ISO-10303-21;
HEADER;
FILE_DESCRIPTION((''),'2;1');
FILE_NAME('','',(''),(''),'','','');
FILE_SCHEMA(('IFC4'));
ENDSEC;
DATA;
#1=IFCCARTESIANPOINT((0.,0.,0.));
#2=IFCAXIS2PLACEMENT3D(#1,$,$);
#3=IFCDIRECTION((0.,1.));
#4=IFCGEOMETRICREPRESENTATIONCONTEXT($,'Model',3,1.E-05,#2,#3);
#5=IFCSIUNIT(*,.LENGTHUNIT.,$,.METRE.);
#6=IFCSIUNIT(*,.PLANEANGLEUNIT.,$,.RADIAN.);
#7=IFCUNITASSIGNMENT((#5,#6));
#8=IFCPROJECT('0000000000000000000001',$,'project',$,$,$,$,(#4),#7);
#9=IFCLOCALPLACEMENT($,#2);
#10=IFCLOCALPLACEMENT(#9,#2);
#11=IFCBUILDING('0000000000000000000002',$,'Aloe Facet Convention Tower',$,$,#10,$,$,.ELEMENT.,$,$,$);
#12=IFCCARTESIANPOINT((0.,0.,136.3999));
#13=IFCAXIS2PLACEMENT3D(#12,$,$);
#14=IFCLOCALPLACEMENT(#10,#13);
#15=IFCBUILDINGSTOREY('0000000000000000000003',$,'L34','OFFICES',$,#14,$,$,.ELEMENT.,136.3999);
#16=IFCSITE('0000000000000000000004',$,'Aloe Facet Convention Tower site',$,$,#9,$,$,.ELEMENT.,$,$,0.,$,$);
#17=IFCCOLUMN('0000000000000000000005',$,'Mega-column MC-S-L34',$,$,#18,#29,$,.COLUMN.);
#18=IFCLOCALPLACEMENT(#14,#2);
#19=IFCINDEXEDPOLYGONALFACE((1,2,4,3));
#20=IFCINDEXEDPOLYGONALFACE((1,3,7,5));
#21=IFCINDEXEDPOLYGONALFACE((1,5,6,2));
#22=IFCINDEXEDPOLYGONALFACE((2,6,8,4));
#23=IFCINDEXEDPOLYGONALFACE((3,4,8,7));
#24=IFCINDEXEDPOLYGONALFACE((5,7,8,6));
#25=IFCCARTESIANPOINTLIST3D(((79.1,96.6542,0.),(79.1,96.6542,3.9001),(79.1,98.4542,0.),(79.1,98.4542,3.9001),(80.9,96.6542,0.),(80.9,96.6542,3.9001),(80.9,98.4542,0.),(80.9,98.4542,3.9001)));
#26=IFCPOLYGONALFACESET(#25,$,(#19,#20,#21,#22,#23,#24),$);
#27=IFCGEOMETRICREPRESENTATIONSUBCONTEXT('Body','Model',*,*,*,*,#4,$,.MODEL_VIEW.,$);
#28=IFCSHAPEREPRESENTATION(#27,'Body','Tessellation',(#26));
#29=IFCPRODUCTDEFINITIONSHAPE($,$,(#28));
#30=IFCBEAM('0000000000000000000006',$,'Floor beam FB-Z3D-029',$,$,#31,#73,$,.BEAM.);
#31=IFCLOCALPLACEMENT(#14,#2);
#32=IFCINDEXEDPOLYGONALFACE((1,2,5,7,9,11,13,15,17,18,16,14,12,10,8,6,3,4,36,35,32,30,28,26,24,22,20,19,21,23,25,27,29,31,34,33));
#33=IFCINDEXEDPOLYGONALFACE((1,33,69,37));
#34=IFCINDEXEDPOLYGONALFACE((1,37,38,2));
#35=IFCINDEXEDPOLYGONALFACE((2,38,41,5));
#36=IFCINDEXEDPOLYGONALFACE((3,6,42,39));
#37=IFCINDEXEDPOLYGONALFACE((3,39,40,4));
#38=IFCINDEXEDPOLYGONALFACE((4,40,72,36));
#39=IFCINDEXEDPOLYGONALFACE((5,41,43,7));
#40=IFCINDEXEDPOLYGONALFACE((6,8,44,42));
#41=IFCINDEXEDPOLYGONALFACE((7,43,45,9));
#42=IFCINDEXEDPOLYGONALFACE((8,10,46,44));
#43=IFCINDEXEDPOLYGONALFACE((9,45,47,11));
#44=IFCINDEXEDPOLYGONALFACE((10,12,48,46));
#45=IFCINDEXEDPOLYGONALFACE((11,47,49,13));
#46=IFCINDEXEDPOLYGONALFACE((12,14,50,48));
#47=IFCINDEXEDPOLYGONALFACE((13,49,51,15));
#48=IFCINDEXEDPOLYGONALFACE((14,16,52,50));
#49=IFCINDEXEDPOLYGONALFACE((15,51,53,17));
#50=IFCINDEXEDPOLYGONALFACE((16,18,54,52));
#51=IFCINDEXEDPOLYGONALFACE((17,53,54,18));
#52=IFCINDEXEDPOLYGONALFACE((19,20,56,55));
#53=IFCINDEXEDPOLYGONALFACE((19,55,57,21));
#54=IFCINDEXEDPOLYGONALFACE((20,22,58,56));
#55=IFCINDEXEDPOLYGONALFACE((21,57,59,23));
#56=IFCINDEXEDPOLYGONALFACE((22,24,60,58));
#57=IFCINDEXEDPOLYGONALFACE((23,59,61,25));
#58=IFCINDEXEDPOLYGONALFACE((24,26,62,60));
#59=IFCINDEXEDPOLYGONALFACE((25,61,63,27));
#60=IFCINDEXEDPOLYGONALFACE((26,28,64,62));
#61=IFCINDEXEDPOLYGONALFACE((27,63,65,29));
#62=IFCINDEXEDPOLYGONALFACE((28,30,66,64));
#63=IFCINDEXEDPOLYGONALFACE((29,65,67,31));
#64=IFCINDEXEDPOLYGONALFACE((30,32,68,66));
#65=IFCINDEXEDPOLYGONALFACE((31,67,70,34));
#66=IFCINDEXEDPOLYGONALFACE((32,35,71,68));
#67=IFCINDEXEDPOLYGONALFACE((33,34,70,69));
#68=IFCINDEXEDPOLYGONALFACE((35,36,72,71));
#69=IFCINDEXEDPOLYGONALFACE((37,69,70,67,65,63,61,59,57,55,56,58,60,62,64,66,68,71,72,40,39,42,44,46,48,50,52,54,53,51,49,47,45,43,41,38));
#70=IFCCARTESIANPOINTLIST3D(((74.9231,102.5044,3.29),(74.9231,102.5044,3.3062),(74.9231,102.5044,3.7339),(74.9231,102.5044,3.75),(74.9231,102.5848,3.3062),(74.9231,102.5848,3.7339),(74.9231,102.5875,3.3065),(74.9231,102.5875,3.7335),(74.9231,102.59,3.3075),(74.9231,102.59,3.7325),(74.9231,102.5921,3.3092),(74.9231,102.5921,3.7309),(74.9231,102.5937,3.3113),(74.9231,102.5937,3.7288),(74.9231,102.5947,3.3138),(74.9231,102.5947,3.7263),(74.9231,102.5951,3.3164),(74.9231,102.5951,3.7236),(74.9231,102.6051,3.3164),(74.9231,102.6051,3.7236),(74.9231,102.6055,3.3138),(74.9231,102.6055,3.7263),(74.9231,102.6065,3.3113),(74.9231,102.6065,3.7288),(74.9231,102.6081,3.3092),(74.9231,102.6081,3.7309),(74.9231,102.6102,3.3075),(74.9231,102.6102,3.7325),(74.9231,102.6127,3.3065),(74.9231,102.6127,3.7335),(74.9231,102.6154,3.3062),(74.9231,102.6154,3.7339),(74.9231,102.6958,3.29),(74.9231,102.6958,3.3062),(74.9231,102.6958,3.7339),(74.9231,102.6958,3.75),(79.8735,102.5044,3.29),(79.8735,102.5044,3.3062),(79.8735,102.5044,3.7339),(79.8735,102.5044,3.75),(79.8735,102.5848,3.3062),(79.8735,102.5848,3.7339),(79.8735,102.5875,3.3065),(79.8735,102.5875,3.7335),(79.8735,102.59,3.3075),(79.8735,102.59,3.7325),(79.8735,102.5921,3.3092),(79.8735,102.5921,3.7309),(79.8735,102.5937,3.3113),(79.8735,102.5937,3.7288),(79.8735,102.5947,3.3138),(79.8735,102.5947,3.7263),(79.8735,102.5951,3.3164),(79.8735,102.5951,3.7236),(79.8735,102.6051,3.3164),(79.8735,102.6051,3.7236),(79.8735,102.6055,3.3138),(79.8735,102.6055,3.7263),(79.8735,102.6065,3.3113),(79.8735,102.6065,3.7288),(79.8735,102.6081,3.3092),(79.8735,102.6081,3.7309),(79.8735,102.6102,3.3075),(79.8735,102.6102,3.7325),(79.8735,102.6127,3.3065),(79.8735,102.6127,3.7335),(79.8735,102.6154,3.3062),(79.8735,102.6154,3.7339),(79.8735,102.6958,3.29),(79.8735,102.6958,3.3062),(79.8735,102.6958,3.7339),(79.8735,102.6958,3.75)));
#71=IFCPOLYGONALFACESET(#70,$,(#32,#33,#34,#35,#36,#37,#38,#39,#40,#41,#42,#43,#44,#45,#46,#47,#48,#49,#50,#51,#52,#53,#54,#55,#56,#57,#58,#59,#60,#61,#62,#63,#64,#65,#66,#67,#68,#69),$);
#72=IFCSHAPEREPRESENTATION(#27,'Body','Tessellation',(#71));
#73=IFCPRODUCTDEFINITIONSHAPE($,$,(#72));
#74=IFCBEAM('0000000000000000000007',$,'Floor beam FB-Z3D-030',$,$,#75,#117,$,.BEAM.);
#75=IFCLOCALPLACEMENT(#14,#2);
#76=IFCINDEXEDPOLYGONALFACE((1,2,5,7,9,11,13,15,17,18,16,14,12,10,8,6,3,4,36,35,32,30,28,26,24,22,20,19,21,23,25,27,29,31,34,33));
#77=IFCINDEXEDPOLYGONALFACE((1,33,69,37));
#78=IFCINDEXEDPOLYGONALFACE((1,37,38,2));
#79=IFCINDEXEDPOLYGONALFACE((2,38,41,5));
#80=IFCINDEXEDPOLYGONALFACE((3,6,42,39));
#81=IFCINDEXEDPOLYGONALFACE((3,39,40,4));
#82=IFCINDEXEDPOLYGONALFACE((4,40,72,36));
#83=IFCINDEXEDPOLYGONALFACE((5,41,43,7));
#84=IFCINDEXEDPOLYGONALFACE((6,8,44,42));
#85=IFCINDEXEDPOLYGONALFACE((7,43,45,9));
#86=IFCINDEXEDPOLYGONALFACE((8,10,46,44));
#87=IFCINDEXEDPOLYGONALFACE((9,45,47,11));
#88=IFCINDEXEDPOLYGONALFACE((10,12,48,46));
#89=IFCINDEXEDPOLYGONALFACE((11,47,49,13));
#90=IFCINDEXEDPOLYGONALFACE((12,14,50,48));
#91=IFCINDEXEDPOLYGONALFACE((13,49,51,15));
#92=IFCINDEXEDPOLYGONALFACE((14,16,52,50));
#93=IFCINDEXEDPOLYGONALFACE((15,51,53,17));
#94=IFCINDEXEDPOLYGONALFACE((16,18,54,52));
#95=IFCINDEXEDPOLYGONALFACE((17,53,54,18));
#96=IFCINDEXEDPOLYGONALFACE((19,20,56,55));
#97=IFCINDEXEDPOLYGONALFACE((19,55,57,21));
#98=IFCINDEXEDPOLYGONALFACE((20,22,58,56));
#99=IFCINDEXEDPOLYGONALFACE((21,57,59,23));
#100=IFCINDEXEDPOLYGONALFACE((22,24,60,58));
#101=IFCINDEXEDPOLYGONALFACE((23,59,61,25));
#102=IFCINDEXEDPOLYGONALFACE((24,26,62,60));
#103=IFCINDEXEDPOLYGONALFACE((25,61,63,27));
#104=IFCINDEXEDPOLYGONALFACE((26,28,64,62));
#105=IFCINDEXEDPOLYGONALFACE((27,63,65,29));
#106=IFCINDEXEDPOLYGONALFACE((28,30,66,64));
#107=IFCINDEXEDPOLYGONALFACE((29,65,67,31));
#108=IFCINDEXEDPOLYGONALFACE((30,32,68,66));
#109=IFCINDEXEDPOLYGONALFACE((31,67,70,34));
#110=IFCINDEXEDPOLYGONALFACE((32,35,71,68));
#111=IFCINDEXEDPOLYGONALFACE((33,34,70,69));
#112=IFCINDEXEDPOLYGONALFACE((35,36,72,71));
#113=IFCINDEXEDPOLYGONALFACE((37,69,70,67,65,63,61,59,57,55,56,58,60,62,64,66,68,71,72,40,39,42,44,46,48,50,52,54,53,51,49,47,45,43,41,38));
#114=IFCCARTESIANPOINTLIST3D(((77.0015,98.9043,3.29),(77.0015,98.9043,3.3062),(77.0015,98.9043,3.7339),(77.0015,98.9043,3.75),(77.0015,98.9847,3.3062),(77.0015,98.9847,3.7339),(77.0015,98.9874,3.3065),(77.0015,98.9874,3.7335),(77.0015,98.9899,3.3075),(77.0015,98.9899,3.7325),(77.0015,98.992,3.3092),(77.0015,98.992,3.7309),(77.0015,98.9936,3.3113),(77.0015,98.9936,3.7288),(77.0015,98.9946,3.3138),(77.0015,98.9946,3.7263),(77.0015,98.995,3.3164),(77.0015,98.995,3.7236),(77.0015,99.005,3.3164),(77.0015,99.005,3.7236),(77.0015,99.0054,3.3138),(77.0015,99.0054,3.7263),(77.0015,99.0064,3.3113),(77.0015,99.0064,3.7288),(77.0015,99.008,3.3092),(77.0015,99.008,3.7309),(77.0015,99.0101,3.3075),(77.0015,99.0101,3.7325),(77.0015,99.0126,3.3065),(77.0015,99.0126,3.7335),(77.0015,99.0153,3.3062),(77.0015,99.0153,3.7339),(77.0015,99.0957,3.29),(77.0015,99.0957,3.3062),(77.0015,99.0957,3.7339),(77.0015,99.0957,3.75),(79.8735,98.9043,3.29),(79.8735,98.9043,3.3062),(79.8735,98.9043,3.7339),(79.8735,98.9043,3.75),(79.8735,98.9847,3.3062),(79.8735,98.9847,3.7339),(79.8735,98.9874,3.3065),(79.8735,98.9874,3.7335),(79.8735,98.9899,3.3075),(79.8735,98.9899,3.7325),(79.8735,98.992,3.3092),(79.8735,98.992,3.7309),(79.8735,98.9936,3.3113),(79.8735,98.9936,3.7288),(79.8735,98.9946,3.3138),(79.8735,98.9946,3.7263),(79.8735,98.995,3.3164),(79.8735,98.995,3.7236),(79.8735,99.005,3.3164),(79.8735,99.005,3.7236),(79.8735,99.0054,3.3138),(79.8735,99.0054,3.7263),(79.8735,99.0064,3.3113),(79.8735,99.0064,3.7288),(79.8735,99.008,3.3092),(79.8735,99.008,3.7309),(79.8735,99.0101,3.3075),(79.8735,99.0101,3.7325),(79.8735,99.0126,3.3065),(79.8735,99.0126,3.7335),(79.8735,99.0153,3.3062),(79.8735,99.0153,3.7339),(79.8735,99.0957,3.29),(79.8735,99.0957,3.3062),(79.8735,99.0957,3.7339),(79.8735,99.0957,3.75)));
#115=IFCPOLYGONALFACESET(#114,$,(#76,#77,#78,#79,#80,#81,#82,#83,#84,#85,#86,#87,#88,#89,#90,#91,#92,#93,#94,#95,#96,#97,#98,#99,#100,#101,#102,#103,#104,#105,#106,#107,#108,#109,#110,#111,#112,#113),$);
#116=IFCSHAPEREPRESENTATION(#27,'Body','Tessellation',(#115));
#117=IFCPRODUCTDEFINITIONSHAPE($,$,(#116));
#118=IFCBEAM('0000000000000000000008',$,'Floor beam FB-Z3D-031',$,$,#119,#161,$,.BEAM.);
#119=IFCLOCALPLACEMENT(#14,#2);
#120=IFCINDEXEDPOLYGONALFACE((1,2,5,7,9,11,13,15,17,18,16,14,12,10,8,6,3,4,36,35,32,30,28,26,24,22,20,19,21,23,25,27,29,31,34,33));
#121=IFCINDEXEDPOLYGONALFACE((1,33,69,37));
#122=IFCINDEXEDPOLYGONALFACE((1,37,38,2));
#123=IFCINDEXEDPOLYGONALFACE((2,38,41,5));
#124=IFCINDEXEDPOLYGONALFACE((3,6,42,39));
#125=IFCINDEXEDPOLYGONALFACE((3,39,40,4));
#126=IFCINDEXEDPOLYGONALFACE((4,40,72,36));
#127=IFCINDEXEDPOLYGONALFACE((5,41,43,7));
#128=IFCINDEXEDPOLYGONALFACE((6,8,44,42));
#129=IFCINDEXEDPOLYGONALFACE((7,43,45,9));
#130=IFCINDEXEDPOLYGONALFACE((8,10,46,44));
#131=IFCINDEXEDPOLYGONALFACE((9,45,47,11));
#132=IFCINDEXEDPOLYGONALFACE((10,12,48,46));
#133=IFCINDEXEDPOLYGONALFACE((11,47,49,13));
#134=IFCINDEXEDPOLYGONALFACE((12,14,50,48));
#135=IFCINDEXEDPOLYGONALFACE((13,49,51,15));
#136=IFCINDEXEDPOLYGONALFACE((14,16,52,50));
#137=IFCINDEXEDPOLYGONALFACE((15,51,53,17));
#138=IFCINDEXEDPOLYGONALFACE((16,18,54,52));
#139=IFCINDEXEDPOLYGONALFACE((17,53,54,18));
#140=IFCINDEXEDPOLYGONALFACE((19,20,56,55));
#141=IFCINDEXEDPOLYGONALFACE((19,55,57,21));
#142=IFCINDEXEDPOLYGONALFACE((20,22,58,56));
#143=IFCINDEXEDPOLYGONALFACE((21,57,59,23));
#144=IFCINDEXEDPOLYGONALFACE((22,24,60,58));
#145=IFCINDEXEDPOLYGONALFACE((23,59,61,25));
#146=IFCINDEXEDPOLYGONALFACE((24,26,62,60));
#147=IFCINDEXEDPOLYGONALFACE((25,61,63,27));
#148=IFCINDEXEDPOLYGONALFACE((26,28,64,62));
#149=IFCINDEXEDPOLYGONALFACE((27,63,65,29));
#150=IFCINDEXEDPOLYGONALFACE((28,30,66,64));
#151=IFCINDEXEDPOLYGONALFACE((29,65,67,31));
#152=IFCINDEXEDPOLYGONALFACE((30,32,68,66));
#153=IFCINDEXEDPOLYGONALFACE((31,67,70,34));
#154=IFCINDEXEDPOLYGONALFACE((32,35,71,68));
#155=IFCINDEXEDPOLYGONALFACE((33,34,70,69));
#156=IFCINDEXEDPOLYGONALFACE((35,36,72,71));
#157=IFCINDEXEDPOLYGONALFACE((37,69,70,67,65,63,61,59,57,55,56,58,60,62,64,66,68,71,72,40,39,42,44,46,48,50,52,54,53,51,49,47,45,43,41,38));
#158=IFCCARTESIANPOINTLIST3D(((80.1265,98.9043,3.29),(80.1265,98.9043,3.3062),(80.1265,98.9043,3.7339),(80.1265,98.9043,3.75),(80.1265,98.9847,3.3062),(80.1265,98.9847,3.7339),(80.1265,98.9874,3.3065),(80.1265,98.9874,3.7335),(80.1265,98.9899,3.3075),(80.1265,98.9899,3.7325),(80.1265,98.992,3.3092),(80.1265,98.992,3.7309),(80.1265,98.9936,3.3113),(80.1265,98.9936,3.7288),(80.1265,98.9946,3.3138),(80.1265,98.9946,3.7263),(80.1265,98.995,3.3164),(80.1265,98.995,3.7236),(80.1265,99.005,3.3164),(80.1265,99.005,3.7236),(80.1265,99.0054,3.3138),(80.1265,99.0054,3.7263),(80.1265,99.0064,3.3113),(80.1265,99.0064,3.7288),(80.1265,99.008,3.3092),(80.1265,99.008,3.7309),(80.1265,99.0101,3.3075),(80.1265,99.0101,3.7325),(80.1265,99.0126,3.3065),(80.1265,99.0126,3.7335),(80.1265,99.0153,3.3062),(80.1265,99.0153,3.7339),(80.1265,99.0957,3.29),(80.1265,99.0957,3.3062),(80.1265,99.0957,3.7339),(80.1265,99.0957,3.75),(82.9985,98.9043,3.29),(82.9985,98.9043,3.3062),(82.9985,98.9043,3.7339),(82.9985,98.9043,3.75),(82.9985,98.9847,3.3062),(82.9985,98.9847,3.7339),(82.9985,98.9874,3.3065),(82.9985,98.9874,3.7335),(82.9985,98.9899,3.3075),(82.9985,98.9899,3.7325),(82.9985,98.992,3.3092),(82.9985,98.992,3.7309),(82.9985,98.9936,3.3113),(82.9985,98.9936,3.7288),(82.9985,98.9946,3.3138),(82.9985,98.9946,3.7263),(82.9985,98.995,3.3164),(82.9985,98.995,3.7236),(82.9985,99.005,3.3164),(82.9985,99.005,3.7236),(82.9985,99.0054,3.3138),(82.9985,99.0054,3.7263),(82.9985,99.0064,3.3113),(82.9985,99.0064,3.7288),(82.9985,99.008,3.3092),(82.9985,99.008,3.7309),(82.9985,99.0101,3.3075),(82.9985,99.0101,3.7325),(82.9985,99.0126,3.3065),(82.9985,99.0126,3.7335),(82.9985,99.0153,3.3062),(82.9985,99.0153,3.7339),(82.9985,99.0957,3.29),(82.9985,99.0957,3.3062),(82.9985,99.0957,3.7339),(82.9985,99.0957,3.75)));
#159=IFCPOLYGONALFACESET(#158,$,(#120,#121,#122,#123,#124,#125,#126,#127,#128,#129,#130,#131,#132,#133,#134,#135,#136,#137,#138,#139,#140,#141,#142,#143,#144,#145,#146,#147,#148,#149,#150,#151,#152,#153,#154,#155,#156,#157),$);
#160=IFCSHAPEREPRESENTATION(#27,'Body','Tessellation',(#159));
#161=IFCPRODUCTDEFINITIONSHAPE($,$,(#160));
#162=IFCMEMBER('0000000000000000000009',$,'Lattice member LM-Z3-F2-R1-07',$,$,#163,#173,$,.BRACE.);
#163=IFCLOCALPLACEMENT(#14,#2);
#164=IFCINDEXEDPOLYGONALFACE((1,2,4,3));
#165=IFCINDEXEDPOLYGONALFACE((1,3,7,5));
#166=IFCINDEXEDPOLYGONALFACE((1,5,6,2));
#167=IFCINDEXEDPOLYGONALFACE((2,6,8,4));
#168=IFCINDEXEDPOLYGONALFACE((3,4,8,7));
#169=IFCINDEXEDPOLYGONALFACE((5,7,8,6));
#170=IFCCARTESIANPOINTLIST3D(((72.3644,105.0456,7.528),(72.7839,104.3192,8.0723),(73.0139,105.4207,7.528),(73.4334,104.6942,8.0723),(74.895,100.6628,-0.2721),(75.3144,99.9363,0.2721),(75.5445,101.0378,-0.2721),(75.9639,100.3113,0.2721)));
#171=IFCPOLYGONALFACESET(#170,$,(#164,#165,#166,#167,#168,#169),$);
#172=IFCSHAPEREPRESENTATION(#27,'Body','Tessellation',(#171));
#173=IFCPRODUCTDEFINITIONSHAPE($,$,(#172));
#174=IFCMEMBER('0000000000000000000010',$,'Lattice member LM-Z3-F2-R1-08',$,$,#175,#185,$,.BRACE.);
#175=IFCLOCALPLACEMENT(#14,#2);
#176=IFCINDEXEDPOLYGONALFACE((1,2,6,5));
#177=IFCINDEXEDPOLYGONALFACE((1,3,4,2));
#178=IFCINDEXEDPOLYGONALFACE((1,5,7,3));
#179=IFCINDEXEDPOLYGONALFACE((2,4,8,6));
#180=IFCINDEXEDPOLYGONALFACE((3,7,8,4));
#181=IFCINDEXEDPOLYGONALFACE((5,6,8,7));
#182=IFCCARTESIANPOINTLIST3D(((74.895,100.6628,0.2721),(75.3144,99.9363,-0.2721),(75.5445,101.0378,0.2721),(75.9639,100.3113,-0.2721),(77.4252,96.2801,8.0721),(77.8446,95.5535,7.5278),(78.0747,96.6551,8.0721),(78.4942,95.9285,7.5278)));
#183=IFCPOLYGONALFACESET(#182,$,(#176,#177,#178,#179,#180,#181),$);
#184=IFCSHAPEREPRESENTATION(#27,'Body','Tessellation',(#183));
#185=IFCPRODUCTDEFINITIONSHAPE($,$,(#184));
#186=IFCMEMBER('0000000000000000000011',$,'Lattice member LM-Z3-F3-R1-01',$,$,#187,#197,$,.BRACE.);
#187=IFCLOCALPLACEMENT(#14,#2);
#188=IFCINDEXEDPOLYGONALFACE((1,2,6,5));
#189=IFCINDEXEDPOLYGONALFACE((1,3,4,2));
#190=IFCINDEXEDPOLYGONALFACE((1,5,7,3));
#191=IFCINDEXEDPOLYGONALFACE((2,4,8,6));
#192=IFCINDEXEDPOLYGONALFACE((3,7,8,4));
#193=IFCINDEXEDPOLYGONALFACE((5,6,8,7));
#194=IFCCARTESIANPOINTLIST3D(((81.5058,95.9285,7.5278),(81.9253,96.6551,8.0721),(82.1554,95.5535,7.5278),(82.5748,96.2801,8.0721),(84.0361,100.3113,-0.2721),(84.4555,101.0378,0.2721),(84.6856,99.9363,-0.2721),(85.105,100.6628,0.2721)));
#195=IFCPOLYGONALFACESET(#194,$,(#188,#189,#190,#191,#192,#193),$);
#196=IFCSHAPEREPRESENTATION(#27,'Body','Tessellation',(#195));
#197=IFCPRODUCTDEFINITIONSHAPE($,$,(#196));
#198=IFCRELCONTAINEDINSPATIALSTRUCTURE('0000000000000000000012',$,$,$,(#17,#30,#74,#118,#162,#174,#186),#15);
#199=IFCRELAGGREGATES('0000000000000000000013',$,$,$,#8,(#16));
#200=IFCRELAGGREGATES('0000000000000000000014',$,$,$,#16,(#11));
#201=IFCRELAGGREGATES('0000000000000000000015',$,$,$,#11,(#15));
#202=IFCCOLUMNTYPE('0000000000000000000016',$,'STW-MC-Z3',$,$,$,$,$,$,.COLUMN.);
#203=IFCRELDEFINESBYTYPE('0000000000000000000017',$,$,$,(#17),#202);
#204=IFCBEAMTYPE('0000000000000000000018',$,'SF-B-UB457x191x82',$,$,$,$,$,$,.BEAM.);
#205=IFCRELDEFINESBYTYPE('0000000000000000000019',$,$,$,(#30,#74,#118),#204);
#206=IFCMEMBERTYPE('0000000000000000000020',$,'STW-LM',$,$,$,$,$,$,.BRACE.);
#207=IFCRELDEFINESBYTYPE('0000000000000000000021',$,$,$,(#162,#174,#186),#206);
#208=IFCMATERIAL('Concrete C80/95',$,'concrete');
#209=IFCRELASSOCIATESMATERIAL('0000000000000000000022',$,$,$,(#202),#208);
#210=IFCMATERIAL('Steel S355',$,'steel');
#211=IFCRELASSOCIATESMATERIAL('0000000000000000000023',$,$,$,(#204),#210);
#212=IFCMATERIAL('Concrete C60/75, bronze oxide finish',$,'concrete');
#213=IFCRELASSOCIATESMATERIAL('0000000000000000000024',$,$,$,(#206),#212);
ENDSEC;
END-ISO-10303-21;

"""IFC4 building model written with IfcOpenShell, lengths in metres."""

from ifc_helpers import new_model, si_unit, direction, frame, origin, origin_2d, place, context, subcontext, project, spatial, rectangle, i_section, extrude, material, material_profile, profile_set, type_object, element, save


model = new_model("IFC4")

# Units and contexts
model_context = context("Model", 3, precision=1e-05, world=origin(), true_north=direction((0.0, 1.0)))
body_context = subcontext(model_context, "Body", "Model", "MODEL_VIEW")
ifc_project = project(units=[si_unit("LENGTHUNIT", "METRE"), si_unit("PLANEANGLEUNIT", "RADIAN")], contexts=[model_context])

# Site, building, storey
site_placement = place(None, origin())
site = spatial("IfcSite", under=ifc_project, at=site_placement, Name="Aloe Facet Convention Tower site", CompositionType="ELEMENT", RefElevation=0.0)
building_placement = place(site_placement, origin())
building = spatial("IfcBuilding", under=site, at=building_placement, Name="Aloe Facet Convention Tower", CompositionType="ELEMENT")
storey_placement = place(building_placement, frame((0.0, 0.0, 136.3999)))
storey = spatial("IfcBuildingStorey", under=building, at=storey_placement, Name="L34", Description="OFFICES", CompositionType="ELEMENT", Elevation=136.3999)

# Column
ifc_material_1 = material(Name="Concrete C80/95", Category="concrete")
ifc_material_profile_1 = material_profile(ifc_material_1, rectangle(XDim=1.8, YDim=1.8, at=origin_2d()), Name="STW-MC-Z3")
ifc_profile_set_1 = profile_set([ifc_material_profile_1], Name="Concrete C80/95")
column_type = type_object("IfcColumnType", Name="STW-MC-Z3", PredefinedType="COLUMN", material=ifc_profile_set_1)
column_placement = place(storey_placement, frame((80.0, 97.5542, 0.0), z_axis=(0.0, 0.0, 1.0), x_axis=(1.0, 0.0, 0.0)))
element("IfcColumn", 1, at=column_placement, inside=storey, type_object=column_type, Name="Mega-column MC-S-L34", PredefinedType="COLUMN", context=body_context, shape_type="SweptSolid", body=[
    extrude(rectangle(XDim=1.8, YDim=1.8, at=origin_2d()), origin(), (0.0, 0.0, 1.0), 3.9001),
])

# Beams
ifc_material_2 = material(Name="Steel S355", Category="steel")
ifc_material_profile_2 = material_profile(ifc_material_2, i_section(OverallWidth=0.1914, OverallDepth=0.46, WebThickness=0.01, FlangeThickness=0.0161, FilletRadius=0.0103, at=origin_2d()), Name="UB 457x191x82")
ifc_profile_set_2 = profile_set([ifc_material_profile_2], Name="Steel S355")
beam_type = type_object("IfcBeamType", Name="SF-B-UB457x191x82", PredefinedType="BEAM", material=ifc_profile_set_2)
beam_placement = place(storey_placement, frame((74.9231, 102.6001, 3.52), z_axis=(1.0, 0.0, 0.0), x_axis=(0.0, 1.0, 0.0)))
element("IfcBeam", 2, at=beam_placement, inside=storey, type_object=beam_type, Name="Floor beam FB-Z3D-029", PredefinedType="BEAM", context=body_context, shape_type="SweptSolid", body=[
    extrude(i_section(OverallWidth=0.1914, OverallDepth=0.46, WebThickness=0.01, FlangeThickness=0.0161, FilletRadius=0.0103, at=origin_2d()), origin(), (0.0, 0.0, 1.0), 4.9504),
])
for number, where, z_axis, x_axis, name in (
    (3, (77.0015, 99.0, 3.52), (1.0, 0.0, 0.0), (0.0, 1.0, 0.0), "Floor beam FB-Z3D-030"),
    (4, (80.1265, 99.0, 3.52), (1.0, 0.0, 0.0), (0.0, 1.0, 0.0), "Floor beam FB-Z3D-031"),
):
    element("IfcBeam", number, at=place(storey_placement, frame(where, z_axis=z_axis, x_axis=x_axis)), inside=storey, type_object=beam_type, Name=name, PredefinedType="BEAM", context=body_context, shape_type="SweptSolid", body=[
        extrude(i_section(OverallWidth=0.1914, OverallDepth=0.46, WebThickness=0.01, FlangeThickness=0.0161, FilletRadius=0.0103, at=origin_2d()), origin(), (0.0, 0.0, 1.0), 2.8721),
    ])

# Members
ifc_material_3 = material(Name="Concrete C60/75, bronze oxide finish", Category="concrete")
ifc_material_profile_3 = material_profile(ifc_material_3, rectangle(XDim=0.75, YDim=1.0, at=origin_2d()), Name="STW-LM")
ifc_profile_set_3 = profile_set([ifc_material_profile_3], Name="Concrete C60/75, bronze oxide finish")
member_type = type_object("IfcMemberType", Name="STW-LM", PredefinedType="BRACE", material=ifc_profile_set_3)
member_1_placement = place(storey_placement, frame((75.4294, 100.4871, 0.0), z_axis=(-0.272156, 0.47137, 0.838893), x_axis=(-0.866017, -0.500015, 0.0)))
element("IfcMember", 5, at=member_1_placement, inside=storey, type_object=member_type, Name="Lattice member LM-Z3-F2-R1-07", PredefinedType="BRACE", context=body_context, shape_type="SweptSolid", body=[
    extrude(rectangle(XDim=0.75, YDim=1.0, at=origin_2d()), origin(), (0.0, 0.0, 1.0), 9.2981),
])
for number, where, z_axis, x_axis, name in (
    (6, (75.4294, 100.4871, 0.0), (0.272132, -0.471373, 0.838899), (0.866038, 0.499979, 0.0), "Lattice member LM-Z3-F2-R1-08"),
    (7, (84.5706, 100.4871, 0.0), (-0.272132, -0.471373, 0.838899), (0.866038, -0.499979, 0.0), "Lattice member LM-Z3-F3-R1-01"),
):
    element("IfcMember", number, at=place(storey_placement, frame(where, z_axis=z_axis, x_axis=x_axis)), inside=storey, type_object=member_type, Name=name, PredefinedType="BRACE", context=body_context, shape_type="SweptSolid", body=[
        extrude(rectangle(XDim=0.75, YDim=1.0, at=origin_2d()), origin(), (0.0, 0.0, 1.0), 9.2979),
    ])

save(model, "model.ifc")
